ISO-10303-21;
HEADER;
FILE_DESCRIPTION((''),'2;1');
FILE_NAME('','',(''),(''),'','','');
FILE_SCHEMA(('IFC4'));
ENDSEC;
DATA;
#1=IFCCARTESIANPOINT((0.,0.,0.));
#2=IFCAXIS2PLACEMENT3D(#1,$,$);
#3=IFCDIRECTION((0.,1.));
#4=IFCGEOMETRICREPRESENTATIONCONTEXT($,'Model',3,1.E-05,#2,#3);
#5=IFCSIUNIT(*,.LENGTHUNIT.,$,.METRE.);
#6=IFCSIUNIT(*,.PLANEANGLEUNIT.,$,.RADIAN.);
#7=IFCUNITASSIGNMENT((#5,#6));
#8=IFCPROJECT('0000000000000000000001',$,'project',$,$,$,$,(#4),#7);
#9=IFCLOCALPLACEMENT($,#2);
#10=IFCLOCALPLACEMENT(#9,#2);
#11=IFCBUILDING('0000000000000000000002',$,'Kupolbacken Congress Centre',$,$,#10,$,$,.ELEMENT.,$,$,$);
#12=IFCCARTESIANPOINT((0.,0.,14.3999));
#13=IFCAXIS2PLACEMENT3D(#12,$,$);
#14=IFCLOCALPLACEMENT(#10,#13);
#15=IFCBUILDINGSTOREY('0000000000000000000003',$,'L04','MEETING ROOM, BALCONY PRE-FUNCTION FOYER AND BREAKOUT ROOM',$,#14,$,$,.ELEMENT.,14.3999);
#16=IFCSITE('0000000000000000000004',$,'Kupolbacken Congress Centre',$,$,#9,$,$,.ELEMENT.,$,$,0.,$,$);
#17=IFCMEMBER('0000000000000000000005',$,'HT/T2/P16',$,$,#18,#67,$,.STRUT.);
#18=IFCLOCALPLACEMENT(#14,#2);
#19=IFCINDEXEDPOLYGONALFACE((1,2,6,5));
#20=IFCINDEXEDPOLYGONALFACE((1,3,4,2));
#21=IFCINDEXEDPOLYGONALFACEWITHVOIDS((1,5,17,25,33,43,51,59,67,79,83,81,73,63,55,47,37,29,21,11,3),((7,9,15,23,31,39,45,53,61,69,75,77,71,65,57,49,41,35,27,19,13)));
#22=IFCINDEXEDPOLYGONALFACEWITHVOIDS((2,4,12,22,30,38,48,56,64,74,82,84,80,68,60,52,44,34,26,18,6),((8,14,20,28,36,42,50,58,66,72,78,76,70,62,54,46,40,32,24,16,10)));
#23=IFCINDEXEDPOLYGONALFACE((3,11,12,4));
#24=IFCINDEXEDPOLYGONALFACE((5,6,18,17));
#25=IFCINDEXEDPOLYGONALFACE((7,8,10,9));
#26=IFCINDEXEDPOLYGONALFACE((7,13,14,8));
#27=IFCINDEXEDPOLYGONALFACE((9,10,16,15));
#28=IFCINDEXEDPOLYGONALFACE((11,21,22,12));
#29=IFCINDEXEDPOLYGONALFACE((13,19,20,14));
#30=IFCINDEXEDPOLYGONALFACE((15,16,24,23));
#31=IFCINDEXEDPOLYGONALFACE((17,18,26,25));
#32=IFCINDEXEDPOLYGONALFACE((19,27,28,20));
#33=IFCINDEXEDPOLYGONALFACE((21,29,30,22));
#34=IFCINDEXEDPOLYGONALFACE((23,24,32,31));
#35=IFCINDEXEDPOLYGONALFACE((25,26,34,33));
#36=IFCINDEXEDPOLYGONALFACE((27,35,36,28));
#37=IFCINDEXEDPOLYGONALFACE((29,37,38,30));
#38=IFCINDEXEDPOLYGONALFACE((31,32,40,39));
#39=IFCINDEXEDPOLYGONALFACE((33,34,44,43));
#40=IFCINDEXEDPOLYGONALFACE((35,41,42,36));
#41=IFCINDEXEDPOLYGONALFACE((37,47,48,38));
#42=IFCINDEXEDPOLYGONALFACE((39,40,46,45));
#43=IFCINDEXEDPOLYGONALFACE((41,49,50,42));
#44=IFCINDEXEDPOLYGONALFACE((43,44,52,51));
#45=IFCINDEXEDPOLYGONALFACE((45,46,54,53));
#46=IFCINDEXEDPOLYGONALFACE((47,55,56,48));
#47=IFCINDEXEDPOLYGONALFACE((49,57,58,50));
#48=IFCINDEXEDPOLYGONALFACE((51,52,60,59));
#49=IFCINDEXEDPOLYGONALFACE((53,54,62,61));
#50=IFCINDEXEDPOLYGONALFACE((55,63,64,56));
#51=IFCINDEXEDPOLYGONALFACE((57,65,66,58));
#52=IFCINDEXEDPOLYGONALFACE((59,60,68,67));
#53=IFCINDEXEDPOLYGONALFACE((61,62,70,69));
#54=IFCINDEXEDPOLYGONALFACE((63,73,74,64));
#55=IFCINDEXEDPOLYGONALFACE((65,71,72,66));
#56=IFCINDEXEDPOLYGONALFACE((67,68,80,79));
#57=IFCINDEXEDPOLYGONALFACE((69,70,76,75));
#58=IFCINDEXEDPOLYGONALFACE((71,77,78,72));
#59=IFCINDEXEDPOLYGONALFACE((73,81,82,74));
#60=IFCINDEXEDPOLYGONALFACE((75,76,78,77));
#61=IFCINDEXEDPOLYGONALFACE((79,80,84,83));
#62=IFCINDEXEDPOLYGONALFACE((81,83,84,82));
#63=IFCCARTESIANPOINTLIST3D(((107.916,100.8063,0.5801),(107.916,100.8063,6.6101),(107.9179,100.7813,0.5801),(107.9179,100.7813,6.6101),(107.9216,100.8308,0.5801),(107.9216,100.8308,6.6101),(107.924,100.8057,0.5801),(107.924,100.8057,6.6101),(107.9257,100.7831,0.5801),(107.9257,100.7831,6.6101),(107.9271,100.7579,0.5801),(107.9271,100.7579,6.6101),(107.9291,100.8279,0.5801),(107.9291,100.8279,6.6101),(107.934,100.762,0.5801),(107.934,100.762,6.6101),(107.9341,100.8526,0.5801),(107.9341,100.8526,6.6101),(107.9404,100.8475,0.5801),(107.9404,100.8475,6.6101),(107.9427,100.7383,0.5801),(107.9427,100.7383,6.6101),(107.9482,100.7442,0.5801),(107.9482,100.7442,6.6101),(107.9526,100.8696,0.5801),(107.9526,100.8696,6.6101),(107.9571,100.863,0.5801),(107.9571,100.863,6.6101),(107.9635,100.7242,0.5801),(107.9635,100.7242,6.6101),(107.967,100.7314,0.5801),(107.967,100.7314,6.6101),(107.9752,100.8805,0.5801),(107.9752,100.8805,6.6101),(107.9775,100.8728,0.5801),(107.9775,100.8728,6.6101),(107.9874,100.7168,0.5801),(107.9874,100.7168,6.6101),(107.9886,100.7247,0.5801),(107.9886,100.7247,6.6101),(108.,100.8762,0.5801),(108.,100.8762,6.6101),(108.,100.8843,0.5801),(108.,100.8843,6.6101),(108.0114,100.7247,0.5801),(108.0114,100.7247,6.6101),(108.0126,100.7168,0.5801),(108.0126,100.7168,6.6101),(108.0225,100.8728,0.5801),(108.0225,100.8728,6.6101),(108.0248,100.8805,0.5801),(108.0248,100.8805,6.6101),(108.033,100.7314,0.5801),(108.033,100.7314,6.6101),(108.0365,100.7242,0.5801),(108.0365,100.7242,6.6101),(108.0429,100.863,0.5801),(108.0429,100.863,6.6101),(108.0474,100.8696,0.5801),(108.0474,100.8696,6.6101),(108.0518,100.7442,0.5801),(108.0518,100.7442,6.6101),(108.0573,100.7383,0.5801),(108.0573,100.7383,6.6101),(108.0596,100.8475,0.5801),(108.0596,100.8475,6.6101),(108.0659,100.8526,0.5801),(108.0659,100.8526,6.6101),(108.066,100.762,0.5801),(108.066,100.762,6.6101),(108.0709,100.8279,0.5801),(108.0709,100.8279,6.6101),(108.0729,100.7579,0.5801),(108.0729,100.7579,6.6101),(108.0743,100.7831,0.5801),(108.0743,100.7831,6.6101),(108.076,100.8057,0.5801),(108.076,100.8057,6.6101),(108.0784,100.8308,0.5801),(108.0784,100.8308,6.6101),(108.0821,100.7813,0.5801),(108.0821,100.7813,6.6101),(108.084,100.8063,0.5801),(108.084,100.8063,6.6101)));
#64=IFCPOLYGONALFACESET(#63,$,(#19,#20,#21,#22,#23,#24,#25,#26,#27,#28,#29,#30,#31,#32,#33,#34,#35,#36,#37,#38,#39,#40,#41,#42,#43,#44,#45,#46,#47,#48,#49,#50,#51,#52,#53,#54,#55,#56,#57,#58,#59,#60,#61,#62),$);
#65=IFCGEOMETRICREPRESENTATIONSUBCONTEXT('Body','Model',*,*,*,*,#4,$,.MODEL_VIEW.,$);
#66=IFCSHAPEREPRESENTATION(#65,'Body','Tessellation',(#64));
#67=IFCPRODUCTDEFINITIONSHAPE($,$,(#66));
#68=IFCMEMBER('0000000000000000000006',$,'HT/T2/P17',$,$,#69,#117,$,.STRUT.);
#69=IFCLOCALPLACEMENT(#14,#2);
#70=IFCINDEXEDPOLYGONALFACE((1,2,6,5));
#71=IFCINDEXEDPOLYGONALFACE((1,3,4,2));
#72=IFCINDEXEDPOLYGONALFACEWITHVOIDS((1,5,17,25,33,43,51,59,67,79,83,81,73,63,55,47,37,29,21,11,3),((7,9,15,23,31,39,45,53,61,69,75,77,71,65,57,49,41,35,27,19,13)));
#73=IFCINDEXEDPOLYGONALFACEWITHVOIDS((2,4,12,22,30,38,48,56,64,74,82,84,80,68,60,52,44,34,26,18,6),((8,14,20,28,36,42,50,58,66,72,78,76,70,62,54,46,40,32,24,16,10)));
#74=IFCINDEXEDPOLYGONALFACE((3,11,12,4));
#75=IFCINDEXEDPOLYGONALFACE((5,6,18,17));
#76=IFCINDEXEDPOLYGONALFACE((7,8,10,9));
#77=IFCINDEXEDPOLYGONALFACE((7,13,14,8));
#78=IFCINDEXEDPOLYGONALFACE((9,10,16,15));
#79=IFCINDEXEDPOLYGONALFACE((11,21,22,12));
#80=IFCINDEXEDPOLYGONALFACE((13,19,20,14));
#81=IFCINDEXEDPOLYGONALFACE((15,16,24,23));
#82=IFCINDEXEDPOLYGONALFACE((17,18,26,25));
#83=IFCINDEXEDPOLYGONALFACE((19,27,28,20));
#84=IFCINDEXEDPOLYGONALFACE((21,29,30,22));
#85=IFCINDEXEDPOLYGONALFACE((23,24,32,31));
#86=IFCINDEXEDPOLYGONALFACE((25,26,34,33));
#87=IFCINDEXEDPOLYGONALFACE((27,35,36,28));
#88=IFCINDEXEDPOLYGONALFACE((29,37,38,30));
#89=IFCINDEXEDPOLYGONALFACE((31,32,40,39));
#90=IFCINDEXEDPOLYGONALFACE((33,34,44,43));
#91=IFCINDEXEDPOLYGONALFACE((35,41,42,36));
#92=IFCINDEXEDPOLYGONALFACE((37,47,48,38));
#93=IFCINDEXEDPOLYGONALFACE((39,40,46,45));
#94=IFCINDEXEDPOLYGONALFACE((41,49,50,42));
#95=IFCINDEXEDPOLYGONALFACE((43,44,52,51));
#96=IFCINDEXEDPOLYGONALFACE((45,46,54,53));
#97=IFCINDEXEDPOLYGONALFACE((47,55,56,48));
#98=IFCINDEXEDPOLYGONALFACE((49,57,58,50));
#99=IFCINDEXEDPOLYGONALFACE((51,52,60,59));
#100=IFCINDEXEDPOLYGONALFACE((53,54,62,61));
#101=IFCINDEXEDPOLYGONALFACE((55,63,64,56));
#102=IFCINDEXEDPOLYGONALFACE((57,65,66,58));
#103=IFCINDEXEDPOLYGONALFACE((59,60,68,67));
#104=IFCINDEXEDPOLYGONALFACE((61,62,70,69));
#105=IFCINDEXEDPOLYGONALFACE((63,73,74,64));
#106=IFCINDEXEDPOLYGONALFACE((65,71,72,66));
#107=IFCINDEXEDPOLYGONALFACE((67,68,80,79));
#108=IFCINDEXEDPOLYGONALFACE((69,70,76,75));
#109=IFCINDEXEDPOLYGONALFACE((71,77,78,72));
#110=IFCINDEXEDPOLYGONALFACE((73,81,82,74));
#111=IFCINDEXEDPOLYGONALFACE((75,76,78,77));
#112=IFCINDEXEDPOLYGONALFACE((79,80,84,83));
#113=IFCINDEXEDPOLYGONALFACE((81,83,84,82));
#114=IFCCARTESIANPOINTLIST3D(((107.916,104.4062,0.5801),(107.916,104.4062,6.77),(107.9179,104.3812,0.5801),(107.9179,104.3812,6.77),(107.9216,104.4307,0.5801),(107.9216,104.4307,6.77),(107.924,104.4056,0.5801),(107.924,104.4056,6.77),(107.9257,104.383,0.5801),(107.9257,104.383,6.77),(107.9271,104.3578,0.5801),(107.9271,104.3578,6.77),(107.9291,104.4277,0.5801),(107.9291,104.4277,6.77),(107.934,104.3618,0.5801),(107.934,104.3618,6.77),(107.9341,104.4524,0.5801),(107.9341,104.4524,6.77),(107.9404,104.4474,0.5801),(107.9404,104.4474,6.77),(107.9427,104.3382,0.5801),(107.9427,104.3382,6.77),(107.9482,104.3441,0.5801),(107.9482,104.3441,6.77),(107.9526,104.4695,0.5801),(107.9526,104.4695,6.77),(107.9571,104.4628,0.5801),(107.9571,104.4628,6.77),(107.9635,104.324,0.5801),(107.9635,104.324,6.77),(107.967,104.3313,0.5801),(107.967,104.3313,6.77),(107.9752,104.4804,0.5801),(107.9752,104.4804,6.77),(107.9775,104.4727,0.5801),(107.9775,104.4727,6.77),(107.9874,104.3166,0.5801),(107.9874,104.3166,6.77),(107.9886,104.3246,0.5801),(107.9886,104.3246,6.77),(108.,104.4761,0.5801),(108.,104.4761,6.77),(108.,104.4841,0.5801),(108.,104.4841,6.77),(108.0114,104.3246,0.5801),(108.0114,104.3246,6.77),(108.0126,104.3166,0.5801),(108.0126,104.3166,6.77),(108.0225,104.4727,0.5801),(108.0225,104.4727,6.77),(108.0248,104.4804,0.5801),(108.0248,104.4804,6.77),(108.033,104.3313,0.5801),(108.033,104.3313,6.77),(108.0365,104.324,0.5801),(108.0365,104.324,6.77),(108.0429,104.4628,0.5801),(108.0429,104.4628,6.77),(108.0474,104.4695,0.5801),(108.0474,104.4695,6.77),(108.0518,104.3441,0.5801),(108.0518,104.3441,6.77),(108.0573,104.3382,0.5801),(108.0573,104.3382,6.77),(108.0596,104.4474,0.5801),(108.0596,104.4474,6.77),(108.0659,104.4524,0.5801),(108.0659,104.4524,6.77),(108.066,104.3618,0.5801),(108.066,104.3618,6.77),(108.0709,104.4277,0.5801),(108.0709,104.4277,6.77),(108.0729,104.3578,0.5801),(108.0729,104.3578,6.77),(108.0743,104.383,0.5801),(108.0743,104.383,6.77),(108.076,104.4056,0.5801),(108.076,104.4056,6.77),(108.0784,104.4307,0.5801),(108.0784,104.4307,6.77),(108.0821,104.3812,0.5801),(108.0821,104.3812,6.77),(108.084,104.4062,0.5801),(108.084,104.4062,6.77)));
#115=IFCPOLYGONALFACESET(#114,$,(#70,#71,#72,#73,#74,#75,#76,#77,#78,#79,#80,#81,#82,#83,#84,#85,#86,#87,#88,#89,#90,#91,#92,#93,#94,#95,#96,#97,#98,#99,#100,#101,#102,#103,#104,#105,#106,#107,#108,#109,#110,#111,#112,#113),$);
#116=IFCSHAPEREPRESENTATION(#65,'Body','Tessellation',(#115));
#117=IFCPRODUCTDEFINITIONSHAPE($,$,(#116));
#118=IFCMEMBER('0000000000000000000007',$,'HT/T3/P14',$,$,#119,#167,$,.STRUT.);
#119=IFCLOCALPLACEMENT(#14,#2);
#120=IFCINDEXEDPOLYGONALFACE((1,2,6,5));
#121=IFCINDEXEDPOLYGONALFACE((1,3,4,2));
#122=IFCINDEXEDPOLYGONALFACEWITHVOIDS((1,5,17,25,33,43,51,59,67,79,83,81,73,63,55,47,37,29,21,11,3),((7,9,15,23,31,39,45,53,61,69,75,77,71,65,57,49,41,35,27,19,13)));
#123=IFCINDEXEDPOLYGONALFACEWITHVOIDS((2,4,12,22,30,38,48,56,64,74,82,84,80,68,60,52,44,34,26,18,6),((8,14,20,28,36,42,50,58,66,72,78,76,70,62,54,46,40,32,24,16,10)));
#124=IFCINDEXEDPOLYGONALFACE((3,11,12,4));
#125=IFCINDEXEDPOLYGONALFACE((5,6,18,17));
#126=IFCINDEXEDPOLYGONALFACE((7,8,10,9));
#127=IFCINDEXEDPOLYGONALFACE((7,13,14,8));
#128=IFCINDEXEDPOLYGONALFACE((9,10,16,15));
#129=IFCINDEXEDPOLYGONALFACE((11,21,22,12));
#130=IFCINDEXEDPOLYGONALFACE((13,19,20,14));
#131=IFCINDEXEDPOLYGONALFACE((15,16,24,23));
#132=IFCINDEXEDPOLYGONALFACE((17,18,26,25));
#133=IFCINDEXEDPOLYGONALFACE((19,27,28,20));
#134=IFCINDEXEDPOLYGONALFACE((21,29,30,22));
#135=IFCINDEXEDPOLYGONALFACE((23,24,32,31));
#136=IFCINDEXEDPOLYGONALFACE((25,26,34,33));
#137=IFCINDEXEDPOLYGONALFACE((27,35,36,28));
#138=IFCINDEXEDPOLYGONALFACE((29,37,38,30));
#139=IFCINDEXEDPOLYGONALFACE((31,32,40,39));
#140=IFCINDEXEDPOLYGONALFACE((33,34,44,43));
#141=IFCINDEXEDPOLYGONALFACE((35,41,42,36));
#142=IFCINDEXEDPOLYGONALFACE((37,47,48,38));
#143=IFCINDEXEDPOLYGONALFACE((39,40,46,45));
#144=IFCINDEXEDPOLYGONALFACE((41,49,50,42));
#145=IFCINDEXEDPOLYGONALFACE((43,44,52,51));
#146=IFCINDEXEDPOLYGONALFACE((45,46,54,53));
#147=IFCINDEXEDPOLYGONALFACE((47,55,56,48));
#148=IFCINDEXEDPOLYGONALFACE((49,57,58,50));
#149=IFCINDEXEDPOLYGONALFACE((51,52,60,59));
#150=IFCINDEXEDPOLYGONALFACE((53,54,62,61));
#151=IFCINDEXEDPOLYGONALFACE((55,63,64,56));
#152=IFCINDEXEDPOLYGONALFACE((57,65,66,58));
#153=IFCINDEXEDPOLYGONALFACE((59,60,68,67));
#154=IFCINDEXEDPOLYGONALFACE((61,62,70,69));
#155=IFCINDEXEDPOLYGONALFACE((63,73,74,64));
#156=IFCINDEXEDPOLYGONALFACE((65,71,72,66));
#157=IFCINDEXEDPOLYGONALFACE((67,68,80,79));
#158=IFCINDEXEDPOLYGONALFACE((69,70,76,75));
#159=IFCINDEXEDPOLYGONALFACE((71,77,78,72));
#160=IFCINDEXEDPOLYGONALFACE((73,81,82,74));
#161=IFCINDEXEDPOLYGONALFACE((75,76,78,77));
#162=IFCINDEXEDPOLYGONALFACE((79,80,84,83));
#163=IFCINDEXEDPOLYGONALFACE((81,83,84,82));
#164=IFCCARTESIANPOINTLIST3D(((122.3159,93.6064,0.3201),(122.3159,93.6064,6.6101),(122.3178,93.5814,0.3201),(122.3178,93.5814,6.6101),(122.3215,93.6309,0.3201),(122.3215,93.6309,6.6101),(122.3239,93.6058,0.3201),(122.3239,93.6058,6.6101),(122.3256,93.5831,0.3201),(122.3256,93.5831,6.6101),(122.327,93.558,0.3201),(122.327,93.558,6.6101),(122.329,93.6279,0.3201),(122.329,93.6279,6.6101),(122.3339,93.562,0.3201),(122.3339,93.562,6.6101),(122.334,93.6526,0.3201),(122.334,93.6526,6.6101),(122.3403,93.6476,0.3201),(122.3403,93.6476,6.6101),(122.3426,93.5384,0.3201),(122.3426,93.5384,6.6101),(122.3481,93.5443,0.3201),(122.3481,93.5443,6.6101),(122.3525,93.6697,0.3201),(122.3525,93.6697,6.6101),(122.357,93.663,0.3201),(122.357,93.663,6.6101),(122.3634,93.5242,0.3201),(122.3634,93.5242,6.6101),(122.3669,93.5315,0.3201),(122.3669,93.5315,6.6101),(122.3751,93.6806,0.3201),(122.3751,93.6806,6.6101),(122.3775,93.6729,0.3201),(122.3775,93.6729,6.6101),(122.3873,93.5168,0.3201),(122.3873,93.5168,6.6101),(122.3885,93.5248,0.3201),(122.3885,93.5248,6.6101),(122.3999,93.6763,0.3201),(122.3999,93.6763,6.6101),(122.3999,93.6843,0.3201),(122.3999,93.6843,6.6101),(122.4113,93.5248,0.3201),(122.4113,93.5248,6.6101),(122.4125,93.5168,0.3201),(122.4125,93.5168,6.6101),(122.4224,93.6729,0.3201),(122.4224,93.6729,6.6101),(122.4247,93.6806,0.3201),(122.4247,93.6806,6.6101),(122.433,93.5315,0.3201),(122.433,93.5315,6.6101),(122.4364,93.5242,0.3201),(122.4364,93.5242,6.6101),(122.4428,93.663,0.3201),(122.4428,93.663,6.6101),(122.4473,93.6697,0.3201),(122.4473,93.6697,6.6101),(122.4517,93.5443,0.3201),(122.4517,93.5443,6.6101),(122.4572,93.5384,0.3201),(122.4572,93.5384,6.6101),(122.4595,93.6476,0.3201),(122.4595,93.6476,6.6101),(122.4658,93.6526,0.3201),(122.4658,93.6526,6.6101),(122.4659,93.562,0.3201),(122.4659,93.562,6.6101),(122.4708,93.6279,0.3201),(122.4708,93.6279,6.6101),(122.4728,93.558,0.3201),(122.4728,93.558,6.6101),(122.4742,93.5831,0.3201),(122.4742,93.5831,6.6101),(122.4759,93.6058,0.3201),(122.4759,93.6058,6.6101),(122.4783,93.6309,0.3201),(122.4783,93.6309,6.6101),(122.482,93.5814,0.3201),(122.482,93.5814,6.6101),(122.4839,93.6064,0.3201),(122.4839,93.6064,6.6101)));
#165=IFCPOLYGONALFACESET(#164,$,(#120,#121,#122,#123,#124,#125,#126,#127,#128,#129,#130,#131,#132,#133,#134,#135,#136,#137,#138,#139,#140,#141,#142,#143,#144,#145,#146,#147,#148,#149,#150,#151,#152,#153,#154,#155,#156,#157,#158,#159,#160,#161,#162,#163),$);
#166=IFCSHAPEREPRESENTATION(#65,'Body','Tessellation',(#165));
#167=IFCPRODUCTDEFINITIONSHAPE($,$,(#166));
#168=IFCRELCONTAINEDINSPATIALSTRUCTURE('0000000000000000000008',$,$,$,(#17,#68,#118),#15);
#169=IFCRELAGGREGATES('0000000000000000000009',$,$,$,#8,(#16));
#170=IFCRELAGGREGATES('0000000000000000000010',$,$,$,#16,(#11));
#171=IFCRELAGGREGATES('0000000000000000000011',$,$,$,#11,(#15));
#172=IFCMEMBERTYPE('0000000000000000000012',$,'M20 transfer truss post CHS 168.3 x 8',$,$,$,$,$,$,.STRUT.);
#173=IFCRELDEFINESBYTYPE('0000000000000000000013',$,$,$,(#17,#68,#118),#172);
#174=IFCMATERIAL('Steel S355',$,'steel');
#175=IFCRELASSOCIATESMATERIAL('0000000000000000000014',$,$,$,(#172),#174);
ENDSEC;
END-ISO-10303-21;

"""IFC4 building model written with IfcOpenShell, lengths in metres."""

from ifc_helpers import new_model, si_unit, direction, frame, origin, origin_2d, place, context, subcontext, project, spatial, hollow_circle, extrude, material, material_profile, profile_set, type_object, element, save


model = new_model("IFC4")

# Units and contexts
model_context = context("Model", 3, precision=1e-05, world=origin(), true_north=direction((0.0, 1.0)))
body_context = subcontext(model_context, "Body", "Model", "MODEL_VIEW")
ifc_project = project(units=[si_unit("LENGTHUNIT", "METRE"), si_unit("PLANEANGLEUNIT", "RADIAN")], contexts=[model_context])

# Site, building, storey
site_placement = place(None, origin())
site = spatial("IfcSite", under=ifc_project, at=site_placement, Name="Kupolbacken Congress Centre", CompositionType="ELEMENT", RefElevation=0.0)
building_placement = place(site_placement, origin())
building = spatial("IfcBuilding", under=site, at=building_placement, Name="Kupolbacken Congress Centre", CompositionType="ELEMENT")
storey_placement = place(building_placement, frame((0.0, 0.0, 14.3999)))
storey = spatial("IfcBuildingStorey", under=building, at=storey_placement, Name="L04", Description="MEETING ROOM, BALCONY PRE-FUNCTION FOYER AND BREAKOUT ROOM", CompositionType="ELEMENT", Elevation=14.3999)

# Members
ifc_material_1 = material(Name="Steel S355", Category="steel")
ifc_material_profile_1 = material_profile(ifc_material_1, hollow_circle(Radius=0.0842, WallThickness=0.0081, at=origin_2d()), Name="CHS 168.3 x 8")
ifc_profile_set_1 = profile_set([ifc_material_profile_1], Name="Steel S355")
member_type_1 = type_object("IfcMemberType", Name="M20 transfer truss post CHS 168.3 x 8", PredefinedType="STRUT", material=ifc_profile_set_1)
member_1_placement = place(storey_placement, frame((108.0, 100.8, 0.5801), z_axis=(0.0, 0.0, 1.0), x_axis=(0.0, 1.0, 0.0)))
element("IfcMember", 1, at=member_1_placement, inside=storey, type_object=member_type_1, Name="HT/T2/P16", PredefinedType="STRUT", context=body_context, shape_type="SweptSolid", body=[
    extrude(hollow_circle(Radius=0.0842, WallThickness=0.0081, at=origin_2d()), origin(), (0.0, 0.0, 1.0), 6.03),
])
member_2_placement = place(storey_placement, frame((108.0, 104.3999, 0.5801), z_axis=(0.0, 0.0, 1.0), x_axis=(0.0, 1.0, 0.0)))
element("IfcMember", 2, at=member_2_placement, inside=storey, type_object=member_type_1, Name="HT/T2/P17", PredefinedType="STRUT", context=body_context, shape_type="SweptSolid", body=[
    extrude(hollow_circle(Radius=0.0842, WallThickness=0.0081, at=origin_2d()), origin(), (0.0, 0.0, 1.0), 6.1899),
])
for number, where, z_axis, x_axis, name in (
    (3, (122.3999, 93.6001, 0.3201), (0.0, 0.0, 1.0), (0.0, 1.0, 0.0), "HT/T3/P14"),
):
    element("IfcMember", number, at=place(storey_placement, frame(where, z_axis=z_axis, x_axis=x_axis)), inside=storey, type_object=member_type_1, Name=name, PredefinedType="STRUT", context=body_context, shape_type="SweptSolid", body=[
        extrude(hollow_circle(Radius=0.0842, WallThickness=0.0081, at=origin_2d()), origin(), (0.0, 0.0, 1.0), 6.29),
    ])

save(model, "model.ifc")
